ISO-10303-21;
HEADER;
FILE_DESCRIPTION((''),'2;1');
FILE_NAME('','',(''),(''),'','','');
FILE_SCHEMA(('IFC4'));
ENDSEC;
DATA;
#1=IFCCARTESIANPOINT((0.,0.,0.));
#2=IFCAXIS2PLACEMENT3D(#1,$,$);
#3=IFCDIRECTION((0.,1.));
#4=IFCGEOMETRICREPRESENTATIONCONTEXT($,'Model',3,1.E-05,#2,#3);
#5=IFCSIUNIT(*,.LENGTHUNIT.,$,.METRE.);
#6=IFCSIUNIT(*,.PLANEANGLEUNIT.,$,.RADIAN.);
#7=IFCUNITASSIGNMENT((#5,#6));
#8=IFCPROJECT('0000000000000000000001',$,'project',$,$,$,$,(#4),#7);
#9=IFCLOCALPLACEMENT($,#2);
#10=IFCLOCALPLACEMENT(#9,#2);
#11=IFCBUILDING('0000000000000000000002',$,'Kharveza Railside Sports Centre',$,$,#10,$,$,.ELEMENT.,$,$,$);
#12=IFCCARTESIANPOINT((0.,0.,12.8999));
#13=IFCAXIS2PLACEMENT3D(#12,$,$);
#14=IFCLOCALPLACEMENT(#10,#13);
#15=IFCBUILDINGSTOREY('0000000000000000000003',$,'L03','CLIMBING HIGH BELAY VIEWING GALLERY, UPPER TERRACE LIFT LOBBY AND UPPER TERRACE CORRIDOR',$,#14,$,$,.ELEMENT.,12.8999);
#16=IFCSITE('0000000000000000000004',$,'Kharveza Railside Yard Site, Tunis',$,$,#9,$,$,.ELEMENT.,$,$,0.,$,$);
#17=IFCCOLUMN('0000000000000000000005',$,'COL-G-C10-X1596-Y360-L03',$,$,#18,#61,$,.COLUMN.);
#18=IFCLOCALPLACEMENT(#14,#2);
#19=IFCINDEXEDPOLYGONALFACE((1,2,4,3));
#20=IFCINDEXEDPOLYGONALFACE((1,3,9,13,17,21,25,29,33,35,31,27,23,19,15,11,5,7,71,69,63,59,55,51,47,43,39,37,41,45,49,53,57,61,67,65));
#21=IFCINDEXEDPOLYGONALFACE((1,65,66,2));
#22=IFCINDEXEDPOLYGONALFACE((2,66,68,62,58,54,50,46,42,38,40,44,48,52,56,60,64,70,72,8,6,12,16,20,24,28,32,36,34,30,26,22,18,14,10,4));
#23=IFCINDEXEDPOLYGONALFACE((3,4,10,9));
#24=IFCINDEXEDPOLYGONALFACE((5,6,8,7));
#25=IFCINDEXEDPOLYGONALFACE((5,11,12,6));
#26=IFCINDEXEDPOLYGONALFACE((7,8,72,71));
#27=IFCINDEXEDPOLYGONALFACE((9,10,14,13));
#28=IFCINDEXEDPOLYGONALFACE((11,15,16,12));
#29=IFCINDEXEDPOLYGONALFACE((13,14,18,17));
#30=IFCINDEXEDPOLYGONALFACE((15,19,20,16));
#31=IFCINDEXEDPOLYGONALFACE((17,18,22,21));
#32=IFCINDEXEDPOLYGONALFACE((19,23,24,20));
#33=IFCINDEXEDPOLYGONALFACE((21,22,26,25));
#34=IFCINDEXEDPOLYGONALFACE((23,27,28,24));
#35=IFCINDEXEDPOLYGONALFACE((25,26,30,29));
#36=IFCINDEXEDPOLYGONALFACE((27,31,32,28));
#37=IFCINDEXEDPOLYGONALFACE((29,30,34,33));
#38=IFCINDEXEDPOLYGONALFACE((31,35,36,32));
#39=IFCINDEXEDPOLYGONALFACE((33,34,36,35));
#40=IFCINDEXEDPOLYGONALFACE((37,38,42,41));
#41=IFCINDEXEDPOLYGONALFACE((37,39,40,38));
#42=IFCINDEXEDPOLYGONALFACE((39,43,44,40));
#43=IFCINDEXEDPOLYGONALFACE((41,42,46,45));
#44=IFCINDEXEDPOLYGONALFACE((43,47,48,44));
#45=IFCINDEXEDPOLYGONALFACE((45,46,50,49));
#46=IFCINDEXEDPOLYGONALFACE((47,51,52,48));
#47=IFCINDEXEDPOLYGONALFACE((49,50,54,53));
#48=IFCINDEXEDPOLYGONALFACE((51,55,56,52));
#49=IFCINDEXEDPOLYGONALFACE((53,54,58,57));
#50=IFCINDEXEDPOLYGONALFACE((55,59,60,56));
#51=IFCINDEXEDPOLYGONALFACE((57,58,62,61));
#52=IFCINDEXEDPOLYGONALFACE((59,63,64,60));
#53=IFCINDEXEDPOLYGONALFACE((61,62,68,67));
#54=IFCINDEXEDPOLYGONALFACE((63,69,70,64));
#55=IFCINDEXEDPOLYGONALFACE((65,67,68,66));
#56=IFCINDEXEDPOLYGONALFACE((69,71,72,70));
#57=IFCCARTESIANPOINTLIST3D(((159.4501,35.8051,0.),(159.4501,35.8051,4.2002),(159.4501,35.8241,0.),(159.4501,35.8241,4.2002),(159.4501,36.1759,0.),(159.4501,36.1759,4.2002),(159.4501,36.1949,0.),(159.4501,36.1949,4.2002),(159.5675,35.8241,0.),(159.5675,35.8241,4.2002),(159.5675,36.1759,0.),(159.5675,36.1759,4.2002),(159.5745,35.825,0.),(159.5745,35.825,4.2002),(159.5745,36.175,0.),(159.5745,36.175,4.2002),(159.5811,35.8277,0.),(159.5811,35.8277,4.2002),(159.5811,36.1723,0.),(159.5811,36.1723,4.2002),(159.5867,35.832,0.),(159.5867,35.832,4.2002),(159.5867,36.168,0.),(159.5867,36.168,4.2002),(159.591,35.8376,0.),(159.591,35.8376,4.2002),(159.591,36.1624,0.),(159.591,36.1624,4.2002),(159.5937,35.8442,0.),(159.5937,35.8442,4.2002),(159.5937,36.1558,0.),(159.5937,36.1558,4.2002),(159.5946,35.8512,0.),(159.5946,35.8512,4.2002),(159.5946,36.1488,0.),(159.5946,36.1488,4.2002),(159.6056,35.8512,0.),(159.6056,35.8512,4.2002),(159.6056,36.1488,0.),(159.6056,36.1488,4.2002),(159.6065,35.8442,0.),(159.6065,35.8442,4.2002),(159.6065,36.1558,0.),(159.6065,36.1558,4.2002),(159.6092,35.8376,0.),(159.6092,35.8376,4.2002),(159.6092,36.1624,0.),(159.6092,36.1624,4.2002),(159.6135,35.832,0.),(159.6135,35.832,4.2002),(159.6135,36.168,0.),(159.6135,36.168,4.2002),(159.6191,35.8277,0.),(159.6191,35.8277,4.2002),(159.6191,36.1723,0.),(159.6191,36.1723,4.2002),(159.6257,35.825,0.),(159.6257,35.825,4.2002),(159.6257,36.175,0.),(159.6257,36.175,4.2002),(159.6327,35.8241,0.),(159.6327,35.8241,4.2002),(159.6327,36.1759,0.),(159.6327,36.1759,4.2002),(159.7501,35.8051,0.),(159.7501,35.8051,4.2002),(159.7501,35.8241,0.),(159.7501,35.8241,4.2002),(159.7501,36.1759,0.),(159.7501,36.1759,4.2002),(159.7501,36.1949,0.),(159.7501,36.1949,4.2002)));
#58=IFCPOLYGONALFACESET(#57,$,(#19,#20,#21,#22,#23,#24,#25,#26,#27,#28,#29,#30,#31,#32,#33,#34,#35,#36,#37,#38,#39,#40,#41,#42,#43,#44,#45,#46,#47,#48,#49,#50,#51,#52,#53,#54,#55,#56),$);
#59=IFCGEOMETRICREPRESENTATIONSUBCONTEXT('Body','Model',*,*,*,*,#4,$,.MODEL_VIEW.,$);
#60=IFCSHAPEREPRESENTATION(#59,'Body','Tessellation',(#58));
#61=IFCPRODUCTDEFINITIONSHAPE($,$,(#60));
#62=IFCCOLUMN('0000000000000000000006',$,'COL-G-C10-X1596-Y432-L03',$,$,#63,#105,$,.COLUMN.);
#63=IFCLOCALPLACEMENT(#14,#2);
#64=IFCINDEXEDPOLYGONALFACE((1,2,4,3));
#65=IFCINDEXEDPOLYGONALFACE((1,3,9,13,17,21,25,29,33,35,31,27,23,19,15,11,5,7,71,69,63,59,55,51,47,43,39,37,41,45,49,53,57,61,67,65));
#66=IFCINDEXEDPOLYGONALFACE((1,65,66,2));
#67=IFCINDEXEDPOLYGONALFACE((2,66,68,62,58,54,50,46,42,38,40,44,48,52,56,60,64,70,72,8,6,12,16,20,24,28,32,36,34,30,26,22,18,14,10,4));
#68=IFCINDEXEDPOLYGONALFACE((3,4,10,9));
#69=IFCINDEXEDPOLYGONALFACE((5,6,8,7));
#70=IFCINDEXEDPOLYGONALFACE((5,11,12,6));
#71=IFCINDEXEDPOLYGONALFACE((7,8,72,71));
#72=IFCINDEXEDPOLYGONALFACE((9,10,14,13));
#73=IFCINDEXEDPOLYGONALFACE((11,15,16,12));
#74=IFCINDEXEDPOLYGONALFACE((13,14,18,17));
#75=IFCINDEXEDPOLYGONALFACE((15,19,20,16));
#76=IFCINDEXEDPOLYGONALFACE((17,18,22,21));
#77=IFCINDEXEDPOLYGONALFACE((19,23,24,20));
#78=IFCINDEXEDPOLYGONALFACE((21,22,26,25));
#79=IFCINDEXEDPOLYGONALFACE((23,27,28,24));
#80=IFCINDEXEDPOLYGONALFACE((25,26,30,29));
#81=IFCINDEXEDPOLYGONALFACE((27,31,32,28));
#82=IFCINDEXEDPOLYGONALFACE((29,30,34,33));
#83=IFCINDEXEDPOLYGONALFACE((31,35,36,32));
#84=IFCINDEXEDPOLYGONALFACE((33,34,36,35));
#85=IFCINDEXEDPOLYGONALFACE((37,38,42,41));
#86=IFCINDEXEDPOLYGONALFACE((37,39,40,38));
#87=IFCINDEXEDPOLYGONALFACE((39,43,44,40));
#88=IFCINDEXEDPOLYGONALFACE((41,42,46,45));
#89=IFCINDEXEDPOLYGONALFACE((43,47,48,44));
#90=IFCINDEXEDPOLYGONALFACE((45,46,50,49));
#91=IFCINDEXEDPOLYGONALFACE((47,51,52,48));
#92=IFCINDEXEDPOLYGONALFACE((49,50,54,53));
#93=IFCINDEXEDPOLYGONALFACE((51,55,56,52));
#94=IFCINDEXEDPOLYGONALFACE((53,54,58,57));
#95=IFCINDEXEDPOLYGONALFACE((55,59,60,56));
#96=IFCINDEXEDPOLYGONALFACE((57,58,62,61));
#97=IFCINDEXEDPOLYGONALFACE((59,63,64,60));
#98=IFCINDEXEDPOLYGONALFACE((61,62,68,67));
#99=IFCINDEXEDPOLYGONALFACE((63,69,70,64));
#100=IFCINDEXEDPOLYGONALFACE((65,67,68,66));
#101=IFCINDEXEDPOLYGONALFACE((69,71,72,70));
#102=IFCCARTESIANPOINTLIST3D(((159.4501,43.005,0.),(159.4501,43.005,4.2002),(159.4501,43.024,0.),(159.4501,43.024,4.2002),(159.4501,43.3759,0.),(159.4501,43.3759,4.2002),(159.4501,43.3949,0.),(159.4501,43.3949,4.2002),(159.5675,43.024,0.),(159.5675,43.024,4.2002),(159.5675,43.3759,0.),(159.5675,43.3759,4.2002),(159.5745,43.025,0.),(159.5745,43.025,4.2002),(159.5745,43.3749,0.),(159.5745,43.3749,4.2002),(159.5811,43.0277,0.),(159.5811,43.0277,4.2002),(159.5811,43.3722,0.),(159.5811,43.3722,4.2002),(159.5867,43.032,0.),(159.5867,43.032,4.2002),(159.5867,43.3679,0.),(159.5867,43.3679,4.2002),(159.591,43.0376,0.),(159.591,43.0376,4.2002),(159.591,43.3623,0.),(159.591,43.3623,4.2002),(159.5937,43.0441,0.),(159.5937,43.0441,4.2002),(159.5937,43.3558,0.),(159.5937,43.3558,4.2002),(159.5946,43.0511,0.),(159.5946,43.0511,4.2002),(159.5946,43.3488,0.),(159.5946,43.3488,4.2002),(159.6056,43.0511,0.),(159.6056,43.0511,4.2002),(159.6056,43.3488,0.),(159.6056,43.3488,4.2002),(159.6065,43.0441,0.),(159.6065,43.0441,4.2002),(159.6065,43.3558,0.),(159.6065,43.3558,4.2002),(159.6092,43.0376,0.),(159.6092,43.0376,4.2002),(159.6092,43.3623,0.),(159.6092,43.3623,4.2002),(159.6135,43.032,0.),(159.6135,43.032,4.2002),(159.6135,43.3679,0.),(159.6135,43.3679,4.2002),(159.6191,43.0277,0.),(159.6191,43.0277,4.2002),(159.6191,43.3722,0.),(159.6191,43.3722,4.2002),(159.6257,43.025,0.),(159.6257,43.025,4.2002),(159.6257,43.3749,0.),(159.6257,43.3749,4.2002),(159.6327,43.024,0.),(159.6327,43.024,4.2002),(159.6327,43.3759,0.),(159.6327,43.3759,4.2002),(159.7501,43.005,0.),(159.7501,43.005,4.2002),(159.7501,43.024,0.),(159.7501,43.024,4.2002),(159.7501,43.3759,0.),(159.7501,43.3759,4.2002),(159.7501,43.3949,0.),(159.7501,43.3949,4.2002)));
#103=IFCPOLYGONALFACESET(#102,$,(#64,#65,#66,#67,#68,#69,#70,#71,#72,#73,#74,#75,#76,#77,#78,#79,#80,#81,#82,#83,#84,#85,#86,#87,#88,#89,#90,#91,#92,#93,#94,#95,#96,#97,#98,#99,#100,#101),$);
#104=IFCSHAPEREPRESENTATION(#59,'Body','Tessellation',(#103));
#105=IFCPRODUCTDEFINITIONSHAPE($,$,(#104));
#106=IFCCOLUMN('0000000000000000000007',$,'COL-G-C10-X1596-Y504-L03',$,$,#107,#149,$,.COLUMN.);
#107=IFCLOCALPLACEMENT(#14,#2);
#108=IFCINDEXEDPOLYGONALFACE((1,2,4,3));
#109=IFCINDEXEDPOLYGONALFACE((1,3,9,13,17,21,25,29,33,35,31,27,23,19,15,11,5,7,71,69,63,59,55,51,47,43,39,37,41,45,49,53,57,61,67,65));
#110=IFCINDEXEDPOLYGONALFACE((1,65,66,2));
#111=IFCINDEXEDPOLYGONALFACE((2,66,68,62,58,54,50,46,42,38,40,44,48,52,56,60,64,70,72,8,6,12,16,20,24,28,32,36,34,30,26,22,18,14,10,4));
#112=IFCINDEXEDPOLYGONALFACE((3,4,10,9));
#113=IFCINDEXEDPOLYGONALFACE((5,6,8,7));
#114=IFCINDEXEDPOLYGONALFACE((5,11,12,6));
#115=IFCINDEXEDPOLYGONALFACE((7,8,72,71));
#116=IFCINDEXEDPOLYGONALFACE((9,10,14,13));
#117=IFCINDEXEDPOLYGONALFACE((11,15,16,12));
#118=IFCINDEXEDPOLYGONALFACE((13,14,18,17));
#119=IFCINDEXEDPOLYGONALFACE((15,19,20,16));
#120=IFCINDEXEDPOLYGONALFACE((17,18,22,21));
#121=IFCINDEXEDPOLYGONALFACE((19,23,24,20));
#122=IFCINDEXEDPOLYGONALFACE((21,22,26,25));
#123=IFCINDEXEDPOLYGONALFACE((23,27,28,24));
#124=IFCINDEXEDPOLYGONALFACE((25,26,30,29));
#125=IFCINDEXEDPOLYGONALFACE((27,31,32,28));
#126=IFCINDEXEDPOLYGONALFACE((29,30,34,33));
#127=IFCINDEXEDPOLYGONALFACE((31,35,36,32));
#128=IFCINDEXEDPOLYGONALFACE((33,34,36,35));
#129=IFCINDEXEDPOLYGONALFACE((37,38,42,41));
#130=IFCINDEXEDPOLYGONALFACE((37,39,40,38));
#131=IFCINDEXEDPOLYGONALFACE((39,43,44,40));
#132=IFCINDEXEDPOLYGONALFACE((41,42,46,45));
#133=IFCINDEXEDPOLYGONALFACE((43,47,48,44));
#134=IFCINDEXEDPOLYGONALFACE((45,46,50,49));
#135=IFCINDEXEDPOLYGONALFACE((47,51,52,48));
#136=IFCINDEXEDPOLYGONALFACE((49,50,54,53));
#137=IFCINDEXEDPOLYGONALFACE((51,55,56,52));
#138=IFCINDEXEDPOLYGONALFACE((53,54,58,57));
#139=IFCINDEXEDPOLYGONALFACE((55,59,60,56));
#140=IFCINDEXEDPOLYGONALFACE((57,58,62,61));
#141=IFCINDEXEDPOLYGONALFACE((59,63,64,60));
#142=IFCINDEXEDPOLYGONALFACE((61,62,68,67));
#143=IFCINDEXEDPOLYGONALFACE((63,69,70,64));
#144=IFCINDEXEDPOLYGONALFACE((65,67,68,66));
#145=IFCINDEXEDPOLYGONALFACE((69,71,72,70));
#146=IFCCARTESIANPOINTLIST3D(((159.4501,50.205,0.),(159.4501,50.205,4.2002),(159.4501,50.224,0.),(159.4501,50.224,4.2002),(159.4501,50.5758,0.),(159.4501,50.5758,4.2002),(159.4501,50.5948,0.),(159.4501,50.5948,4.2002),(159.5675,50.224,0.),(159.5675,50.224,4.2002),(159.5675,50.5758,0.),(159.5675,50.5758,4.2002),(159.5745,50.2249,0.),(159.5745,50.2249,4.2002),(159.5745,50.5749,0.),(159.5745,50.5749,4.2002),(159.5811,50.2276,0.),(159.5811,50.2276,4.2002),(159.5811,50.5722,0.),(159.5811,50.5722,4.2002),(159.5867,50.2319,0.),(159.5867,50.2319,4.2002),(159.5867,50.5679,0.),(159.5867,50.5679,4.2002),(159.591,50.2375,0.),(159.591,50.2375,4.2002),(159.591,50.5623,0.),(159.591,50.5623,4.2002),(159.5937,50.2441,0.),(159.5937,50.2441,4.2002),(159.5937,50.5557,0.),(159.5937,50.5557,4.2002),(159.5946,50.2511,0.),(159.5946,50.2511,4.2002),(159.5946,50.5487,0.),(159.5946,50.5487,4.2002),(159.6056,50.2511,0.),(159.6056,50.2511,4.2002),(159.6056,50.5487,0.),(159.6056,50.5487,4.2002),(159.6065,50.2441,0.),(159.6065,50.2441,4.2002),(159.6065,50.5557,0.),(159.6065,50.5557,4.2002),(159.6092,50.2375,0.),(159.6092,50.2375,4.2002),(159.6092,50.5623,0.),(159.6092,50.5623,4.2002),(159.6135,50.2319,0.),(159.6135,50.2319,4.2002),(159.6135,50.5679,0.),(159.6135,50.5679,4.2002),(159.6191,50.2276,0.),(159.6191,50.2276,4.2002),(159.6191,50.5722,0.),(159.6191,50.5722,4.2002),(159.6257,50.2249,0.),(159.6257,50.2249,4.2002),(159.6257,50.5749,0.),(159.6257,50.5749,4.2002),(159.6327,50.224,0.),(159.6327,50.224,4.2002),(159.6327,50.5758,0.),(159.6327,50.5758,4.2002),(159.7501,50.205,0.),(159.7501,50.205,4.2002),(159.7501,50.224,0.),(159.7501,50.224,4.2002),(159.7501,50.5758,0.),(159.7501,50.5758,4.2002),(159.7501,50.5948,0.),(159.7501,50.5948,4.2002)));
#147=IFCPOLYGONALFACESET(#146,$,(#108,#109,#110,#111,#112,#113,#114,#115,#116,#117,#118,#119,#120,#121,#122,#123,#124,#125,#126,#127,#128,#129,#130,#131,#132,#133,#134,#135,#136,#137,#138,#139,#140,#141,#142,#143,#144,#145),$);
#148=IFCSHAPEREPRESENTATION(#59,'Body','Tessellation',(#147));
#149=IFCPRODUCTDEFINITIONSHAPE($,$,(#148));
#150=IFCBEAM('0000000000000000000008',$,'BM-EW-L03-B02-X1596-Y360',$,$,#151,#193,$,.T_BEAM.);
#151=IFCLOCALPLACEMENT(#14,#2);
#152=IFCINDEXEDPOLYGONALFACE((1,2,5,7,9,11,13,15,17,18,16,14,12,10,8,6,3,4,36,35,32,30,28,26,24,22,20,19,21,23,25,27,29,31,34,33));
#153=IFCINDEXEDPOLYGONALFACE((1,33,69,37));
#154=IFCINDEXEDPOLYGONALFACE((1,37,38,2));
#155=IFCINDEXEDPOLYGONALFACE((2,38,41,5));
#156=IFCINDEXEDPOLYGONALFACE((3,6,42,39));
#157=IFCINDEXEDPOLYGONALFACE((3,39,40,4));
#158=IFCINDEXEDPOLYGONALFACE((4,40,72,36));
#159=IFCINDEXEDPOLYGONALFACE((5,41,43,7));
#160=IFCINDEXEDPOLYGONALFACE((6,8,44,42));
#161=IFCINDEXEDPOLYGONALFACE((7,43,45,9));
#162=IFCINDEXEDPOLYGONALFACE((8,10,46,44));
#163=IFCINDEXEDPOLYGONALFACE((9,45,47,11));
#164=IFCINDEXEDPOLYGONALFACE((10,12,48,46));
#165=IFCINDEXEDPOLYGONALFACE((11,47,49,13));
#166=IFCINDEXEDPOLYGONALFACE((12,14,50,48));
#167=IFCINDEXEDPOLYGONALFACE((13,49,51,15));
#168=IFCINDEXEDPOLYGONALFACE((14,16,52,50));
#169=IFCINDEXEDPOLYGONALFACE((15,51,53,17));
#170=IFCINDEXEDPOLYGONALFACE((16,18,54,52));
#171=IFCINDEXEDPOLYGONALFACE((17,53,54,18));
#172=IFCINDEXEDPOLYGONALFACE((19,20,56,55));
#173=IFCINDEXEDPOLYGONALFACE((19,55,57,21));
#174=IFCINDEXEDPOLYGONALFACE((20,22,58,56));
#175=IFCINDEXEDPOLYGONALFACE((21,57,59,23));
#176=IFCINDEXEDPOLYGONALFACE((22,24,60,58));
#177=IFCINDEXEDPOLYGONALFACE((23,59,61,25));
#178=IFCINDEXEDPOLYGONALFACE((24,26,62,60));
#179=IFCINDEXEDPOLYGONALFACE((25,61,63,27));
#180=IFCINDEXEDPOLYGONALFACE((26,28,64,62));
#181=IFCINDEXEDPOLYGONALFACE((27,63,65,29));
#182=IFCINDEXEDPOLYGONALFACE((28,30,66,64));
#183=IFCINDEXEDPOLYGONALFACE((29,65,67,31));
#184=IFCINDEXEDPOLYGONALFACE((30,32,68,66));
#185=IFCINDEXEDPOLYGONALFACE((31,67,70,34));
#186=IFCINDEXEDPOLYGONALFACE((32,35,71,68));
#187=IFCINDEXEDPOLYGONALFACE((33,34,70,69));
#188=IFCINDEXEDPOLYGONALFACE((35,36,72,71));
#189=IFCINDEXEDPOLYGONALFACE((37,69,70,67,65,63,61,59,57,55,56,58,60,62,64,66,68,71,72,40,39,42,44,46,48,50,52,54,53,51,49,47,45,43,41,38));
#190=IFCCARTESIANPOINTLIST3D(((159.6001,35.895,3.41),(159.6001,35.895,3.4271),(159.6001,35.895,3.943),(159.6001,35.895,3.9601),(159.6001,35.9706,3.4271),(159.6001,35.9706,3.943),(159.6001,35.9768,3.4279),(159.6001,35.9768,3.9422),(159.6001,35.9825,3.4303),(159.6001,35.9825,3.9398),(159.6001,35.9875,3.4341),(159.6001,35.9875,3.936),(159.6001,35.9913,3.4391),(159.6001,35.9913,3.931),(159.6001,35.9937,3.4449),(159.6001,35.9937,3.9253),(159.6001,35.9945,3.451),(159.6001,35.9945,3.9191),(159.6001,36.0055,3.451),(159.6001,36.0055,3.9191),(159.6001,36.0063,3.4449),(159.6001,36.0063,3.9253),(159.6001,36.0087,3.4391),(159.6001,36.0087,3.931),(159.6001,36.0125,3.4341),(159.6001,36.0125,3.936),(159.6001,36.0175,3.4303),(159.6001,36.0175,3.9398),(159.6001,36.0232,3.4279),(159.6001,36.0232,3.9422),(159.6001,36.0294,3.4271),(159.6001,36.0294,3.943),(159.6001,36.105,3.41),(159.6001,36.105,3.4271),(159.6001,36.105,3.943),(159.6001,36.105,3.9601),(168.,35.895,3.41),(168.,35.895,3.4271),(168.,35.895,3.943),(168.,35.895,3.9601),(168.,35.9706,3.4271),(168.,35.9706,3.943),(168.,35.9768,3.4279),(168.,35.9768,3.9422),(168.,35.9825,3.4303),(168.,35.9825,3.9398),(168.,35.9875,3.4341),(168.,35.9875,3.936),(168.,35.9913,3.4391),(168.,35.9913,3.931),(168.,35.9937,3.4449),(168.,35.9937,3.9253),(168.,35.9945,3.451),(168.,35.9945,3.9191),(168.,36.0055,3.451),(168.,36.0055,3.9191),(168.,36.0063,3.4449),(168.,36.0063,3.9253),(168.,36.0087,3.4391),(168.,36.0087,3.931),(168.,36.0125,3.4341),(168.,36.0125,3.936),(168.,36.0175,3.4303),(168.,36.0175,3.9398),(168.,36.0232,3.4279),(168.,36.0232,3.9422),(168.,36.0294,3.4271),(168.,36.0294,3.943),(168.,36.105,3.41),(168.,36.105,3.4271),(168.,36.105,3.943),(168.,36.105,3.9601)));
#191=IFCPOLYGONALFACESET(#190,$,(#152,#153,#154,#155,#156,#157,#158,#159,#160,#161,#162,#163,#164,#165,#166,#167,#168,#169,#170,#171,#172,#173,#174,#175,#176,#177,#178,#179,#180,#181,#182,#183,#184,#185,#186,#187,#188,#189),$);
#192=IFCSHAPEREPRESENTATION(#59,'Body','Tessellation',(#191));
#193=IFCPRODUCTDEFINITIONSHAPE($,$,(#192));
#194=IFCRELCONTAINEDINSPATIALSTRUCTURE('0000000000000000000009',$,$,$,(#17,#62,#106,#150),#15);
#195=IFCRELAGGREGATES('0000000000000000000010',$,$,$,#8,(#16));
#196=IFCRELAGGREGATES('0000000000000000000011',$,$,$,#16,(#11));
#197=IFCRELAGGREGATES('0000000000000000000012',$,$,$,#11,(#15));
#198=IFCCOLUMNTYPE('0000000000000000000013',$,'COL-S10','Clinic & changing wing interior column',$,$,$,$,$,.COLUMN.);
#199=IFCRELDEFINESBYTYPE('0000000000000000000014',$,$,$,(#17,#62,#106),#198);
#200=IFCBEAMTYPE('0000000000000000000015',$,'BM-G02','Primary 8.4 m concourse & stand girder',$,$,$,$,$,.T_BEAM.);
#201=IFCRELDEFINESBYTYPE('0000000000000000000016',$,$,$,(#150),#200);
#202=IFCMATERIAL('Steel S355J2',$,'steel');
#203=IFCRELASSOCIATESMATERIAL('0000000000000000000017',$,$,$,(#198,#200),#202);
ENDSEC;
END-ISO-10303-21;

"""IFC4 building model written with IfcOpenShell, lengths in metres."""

from ifc_helpers import new_model, si_unit, direction, frame, origin, origin_2d, place, context, subcontext, project, spatial, i_section, extrude, material, material_profile, profile_set, type_object, element, save


model = new_model("IFC4")

# Units and contexts
model_context = context("Model", 3, precision=1e-05, world=origin(), true_north=direction((0.0, 1.0)))
body_context = subcontext(model_context, "Body", "Model", "MODEL_VIEW")
ifc_project = project(units=[si_unit("LENGTHUNIT", "METRE"), si_unit("PLANEANGLEUNIT", "RADIAN")], contexts=[model_context])

# Site, building, storey
site_placement = place(None, origin())
site = spatial("IfcSite", under=ifc_project, at=site_placement, Name="Kharveza Railside Yard Site, Tunis", CompositionType="ELEMENT", RefElevation=0.0)
building_placement = place(site_placement, origin())
building = spatial("IfcBuilding", under=site, at=building_placement, Name="Kharveza Railside Sports Centre", CompositionType="ELEMENT")
storey_placement = place(building_placement, frame((0.0, 0.0, 12.8999)))
storey = spatial("IfcBuildingStorey", under=building, at=storey_placement, Name="L03", Description="CLIMBING HIGH BELAY VIEWING GALLERY, UPPER TERRACE LIFT LOBBY AND UPPER TERRACE CORRIDOR", CompositionType="ELEMENT", Elevation=12.8999)

# Columns
ifc_material_1 = material(Name="Steel S355J2", Category="steel")
ifc_material_profile_1 = material_profile(ifc_material_1, i_section(OverallWidth=0.3, OverallDepth=0.3899, WebThickness=0.011, FlangeThickness=0.019, FilletRadius=0.0271, at=origin_2d()), Name="HEA 400")
ifc_profile_set_1 = profile_set([ifc_material_profile_1], Name="Steel S355J2")
column_type = type_object("IfcColumnType", Name="COL-S10", Description="Clinic & changing wing interior column", PredefinedType="COLUMN", material=ifc_profile_set_1)
for number, where, z_axis, x_axis, name in (
    (1, (159.6001, 36.0, 0.0), (0.0, 0.0, 1.0), (1.0, 0.0, 0.0), "COL-G-C10-X1596-Y360-L03"),
    (2, (159.6001, 43.2, 0.0), (0.0, 0.0, 1.0), (1.0, 0.0, 0.0), "COL-G-C10-X1596-Y432-L03"),
    (3, (159.6001, 50.3999, 0.0), (0.0, 0.0, 1.0), (1.0, 0.0, 0.0), "COL-G-C10-X1596-Y504-L03"),
):
    element("IfcColumn", number, at=place(storey_placement, frame(where, z_axis=z_axis, x_axis=x_axis)), inside=storey, type_object=column_type, Name=name, PredefinedType="COLUMN", context=body_context, shape_type="SweptSolid", body=[
        extrude(i_section(OverallWidth=0.3, OverallDepth=0.3899, WebThickness=0.011, FlangeThickness=0.019, FilletRadius=0.0271, at=origin_2d()), origin(), (0.0, 0.0, 1.0), 4.2002),
    ])

# Beam
ifc_material_profile_2 = material_profile(ifc_material_1, i_section(OverallWidth=0.21, OverallDepth=0.55, WebThickness=0.011, FlangeThickness=0.0171, FilletRadius=0.0239, at=origin_2d()), Name="IPE 550")
ifc_profile_set_2 = profile_set([ifc_material_profile_2], Name="Steel S355J2")
beam_type_1 = type_object("IfcBeamType", Name="BM-G02", Description="Primary 8.4 m concourse & stand girder", PredefinedType="T_BEAM", material=ifc_profile_set_2)
beam_1_placement = place(storey_placement, frame((159.6001, 36.0, 3.6851), z_axis=(1.0, 0.0, 0.0), x_axis=(0.0, 1.0, 0.0)))
element("IfcBeam", 4, at=beam_1_placement, inside=storey, type_object=beam_type_1, Name="BM-EW-L03-B02-X1596-Y360", PredefinedType="T_BEAM", context=body_context, shape_type="SweptSolid", body=[
    extrude(i_section(OverallWidth=0.21, OverallDepth=0.55, WebThickness=0.011, FlangeThickness=0.0171, FilletRadius=0.0239, at=origin_2d()), origin(), (0.0, 0.0, 1.0), 8.3999),
])

save(model, "model.ifc")
